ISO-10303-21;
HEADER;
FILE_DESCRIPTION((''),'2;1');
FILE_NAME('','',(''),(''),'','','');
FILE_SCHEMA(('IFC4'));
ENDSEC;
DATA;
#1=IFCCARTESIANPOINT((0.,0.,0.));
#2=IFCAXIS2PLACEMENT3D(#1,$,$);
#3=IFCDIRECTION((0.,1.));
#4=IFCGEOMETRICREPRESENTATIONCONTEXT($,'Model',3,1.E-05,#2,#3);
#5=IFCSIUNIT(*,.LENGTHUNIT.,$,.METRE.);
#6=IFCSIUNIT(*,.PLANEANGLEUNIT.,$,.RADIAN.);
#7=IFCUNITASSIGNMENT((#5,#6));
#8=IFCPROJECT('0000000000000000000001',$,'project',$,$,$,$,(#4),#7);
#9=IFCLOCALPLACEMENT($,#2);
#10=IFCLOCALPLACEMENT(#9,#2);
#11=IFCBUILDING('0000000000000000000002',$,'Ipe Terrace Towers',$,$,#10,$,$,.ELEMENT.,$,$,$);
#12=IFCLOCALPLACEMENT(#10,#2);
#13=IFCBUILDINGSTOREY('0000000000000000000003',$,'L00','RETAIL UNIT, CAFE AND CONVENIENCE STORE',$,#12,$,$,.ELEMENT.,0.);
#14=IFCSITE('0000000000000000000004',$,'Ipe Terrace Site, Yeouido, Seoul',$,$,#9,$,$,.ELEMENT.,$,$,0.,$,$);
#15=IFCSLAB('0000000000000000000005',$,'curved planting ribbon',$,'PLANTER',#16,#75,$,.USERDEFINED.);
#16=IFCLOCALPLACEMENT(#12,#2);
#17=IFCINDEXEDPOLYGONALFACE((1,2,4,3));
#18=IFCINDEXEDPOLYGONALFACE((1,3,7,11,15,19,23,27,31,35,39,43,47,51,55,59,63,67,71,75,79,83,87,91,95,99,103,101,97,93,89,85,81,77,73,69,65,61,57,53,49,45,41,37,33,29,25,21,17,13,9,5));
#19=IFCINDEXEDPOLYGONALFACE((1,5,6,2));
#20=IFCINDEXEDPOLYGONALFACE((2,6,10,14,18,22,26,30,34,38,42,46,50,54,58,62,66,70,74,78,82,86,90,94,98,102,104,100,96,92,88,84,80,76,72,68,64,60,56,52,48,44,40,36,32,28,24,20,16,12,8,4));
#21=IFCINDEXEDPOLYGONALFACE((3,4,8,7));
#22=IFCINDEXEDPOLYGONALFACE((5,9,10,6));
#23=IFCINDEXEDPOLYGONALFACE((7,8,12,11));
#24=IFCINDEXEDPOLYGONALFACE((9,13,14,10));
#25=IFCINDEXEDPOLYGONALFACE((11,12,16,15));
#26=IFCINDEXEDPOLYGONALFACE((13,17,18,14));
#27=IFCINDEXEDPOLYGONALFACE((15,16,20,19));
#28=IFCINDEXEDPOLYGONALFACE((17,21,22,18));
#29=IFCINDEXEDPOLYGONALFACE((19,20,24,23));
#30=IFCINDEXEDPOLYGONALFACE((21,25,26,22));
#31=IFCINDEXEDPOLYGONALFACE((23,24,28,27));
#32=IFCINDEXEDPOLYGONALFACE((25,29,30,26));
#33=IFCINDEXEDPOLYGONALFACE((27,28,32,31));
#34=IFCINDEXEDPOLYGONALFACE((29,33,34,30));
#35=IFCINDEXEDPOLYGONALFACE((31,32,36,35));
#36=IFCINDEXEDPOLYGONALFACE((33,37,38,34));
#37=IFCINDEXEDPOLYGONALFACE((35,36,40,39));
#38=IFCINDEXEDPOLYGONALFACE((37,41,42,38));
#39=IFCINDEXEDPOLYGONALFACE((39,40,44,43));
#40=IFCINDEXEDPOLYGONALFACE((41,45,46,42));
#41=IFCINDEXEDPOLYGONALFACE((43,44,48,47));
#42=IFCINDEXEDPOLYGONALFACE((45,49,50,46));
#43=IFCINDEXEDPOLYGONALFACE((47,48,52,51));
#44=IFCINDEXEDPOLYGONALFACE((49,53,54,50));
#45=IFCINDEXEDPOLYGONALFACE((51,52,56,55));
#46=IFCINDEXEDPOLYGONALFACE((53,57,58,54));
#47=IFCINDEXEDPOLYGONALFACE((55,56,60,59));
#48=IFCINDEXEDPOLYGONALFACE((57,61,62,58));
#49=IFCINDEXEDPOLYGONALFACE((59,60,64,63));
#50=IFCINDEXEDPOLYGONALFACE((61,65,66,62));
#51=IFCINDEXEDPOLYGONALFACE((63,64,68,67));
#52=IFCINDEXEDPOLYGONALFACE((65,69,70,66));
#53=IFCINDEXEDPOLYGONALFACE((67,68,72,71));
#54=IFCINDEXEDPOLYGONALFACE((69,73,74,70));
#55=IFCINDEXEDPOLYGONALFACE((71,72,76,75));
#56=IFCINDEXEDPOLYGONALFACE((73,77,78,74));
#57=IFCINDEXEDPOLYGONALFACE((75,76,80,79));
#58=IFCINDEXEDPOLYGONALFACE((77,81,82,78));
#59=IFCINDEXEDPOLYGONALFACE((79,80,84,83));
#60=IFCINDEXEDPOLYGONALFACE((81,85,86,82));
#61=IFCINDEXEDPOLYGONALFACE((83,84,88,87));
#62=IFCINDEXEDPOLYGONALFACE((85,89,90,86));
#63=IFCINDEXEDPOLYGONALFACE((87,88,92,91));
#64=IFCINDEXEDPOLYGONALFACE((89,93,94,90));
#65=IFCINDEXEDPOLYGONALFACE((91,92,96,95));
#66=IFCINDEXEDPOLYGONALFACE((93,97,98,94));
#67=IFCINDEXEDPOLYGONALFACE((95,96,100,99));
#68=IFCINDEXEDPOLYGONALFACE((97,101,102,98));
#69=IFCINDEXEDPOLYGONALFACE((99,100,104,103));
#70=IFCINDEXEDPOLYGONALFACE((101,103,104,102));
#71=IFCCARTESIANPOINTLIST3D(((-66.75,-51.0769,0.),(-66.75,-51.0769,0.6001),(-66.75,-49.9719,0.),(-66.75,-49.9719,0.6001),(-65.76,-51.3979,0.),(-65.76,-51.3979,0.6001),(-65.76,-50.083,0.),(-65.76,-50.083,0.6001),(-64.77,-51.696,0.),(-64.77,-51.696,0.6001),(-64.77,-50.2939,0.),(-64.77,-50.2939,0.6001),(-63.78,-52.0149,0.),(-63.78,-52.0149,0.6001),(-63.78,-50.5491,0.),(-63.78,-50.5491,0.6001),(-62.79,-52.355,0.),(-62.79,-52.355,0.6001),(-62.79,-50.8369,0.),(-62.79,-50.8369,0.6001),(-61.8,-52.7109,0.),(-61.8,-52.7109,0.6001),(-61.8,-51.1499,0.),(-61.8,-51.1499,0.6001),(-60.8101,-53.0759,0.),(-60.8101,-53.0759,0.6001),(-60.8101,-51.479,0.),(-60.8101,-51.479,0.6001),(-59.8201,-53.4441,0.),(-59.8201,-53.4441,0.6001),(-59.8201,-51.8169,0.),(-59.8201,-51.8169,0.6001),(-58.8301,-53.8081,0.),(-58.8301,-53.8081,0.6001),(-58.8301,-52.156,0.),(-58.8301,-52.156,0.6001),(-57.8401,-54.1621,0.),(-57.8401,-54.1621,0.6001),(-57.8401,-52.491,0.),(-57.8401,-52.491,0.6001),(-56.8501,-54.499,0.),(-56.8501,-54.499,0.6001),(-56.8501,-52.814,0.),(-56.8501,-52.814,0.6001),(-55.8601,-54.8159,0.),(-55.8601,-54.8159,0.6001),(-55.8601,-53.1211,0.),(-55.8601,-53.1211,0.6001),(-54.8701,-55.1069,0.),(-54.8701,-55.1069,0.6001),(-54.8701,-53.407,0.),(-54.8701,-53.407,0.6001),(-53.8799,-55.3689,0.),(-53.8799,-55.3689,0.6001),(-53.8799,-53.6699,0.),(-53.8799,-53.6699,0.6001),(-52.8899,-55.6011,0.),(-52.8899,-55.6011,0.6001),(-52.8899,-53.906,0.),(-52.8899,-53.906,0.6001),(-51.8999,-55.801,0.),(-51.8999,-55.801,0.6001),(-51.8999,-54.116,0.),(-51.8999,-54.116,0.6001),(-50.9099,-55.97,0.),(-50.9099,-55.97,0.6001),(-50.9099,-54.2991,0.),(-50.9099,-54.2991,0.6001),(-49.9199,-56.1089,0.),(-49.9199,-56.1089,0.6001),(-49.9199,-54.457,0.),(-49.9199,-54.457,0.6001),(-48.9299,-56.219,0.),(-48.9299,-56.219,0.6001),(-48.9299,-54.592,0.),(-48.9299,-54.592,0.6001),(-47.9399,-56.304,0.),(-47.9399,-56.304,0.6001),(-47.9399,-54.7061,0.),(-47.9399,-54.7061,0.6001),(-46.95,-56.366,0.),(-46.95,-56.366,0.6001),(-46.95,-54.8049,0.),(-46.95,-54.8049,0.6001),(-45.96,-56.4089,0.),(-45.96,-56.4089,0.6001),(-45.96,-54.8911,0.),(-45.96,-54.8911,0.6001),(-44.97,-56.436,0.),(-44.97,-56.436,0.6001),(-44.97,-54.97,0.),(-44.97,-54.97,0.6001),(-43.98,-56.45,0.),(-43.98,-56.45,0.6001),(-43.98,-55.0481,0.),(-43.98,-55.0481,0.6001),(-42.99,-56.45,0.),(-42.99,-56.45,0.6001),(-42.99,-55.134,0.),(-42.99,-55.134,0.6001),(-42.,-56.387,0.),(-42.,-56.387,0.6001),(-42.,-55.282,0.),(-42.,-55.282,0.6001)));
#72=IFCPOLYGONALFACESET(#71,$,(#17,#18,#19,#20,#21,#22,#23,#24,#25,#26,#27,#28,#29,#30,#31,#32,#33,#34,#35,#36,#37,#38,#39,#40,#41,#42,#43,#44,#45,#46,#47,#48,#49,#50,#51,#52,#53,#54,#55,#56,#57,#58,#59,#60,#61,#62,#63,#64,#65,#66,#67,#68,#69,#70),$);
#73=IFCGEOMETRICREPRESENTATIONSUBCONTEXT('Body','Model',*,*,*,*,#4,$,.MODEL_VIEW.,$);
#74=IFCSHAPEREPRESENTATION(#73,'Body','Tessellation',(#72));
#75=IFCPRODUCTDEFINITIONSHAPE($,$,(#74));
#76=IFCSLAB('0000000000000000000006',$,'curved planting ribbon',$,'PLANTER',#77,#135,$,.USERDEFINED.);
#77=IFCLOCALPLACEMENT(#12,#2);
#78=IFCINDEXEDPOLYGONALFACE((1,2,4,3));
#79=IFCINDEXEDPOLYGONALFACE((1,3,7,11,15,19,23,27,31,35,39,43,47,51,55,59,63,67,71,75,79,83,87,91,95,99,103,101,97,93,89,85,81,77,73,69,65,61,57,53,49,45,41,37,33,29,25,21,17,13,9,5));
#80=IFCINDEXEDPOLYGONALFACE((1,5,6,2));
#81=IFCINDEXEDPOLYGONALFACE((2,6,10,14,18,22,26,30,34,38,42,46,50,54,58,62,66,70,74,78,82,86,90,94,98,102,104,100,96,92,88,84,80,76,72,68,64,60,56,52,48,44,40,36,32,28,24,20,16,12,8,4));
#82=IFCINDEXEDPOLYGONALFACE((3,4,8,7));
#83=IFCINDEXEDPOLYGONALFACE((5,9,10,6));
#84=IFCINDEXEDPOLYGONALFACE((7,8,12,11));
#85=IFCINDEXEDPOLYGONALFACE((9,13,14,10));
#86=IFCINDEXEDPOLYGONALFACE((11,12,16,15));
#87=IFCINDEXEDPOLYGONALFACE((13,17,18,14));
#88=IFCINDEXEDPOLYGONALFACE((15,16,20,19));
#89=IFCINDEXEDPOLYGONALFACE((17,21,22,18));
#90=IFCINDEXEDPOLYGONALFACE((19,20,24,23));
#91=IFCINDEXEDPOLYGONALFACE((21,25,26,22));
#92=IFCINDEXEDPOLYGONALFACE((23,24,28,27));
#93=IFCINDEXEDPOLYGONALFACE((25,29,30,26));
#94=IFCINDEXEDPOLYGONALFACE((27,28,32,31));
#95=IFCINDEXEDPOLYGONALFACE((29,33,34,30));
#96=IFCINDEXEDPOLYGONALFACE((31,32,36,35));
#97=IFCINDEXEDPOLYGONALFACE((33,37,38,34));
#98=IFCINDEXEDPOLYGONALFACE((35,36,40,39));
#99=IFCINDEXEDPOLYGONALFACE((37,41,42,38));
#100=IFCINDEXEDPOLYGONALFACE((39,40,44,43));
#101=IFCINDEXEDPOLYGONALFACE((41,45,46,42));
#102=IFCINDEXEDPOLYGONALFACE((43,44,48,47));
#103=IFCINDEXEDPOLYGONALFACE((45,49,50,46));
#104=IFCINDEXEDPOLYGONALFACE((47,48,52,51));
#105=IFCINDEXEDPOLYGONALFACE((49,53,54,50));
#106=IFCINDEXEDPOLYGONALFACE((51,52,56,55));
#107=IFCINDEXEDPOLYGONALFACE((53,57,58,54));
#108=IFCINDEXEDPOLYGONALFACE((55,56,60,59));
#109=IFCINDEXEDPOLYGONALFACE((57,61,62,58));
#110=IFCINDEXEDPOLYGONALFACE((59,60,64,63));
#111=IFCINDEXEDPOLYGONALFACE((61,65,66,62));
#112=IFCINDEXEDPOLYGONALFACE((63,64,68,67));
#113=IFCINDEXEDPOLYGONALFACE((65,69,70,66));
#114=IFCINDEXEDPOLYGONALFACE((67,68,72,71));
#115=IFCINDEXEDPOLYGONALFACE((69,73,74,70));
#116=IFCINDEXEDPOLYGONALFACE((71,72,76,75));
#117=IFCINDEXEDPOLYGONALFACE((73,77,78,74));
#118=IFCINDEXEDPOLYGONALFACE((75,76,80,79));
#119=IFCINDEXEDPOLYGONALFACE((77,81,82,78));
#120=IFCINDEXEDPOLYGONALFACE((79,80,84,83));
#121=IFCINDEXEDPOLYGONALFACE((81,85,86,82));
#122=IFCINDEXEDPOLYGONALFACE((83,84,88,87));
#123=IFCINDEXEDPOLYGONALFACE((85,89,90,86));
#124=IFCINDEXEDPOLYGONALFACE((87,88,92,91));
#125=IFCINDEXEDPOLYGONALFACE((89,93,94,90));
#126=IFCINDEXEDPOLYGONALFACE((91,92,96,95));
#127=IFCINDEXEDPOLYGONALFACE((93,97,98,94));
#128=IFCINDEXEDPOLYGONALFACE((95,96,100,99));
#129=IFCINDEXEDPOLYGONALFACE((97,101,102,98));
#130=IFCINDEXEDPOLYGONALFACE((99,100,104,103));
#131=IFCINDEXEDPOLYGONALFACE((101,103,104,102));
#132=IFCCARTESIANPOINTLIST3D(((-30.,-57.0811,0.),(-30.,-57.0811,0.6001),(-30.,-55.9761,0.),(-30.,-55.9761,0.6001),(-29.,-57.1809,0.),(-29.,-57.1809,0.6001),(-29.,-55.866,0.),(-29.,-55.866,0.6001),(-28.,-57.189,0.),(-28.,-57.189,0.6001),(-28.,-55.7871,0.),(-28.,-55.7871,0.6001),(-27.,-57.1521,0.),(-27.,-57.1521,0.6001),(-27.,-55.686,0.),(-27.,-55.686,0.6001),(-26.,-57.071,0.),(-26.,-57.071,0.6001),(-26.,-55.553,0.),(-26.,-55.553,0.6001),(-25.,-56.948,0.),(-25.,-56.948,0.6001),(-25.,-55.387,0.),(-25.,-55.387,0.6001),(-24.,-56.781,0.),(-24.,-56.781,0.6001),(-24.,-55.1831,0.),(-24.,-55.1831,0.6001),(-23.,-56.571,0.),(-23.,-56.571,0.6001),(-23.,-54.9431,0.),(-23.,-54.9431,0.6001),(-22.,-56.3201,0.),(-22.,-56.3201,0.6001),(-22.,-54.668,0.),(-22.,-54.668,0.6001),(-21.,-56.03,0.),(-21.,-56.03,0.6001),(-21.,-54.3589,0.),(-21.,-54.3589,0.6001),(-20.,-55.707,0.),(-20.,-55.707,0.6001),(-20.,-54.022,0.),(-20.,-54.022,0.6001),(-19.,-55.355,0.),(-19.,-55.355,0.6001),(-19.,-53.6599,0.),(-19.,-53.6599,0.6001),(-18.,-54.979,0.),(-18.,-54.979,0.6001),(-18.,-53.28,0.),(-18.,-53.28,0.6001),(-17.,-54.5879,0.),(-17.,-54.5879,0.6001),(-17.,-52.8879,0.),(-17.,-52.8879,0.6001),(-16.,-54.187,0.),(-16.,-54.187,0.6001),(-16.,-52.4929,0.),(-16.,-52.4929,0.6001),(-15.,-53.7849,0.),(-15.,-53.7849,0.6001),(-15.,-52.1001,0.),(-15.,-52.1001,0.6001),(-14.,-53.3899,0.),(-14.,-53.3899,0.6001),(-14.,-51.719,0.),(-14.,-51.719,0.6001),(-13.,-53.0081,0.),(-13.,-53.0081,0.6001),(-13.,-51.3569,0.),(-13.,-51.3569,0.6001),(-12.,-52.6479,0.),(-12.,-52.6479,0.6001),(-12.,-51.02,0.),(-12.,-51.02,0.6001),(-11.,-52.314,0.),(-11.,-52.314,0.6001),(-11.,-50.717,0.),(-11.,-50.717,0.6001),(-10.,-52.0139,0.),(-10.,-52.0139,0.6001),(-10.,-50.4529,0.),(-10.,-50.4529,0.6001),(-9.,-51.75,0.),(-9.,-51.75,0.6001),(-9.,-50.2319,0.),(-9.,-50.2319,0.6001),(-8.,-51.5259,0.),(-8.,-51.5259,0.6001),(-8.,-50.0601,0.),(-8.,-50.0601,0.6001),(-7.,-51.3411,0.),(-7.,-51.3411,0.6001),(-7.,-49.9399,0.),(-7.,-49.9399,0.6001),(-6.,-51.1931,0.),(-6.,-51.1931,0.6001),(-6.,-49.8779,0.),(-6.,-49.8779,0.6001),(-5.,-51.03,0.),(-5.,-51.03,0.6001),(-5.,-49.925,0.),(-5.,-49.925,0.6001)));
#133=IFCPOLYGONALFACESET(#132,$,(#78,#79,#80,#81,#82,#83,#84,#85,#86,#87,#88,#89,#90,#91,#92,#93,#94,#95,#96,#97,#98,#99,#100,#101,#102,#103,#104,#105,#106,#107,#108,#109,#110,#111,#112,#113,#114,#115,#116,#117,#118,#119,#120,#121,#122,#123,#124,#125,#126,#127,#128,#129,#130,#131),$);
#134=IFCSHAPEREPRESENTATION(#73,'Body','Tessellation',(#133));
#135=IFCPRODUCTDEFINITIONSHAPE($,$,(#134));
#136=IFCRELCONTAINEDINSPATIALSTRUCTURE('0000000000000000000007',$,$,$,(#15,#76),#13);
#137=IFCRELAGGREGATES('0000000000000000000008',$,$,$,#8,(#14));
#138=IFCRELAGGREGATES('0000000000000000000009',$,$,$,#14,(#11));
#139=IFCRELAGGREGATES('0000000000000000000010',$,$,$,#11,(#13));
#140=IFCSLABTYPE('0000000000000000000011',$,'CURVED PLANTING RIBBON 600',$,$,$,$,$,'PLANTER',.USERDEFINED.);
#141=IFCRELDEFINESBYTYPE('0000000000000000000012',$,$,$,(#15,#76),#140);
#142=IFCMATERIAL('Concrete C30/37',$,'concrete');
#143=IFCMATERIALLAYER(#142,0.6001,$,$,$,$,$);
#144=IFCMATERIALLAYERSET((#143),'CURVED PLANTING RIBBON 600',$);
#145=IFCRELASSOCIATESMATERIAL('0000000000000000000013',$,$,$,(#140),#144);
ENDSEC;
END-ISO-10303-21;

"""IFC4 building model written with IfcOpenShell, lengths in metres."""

from ifc_helpers import new_model, si_unit, direction, origin, place, context, subcontext, project, spatial, polyline, outline, extrude, material, layer, layer_set, type_object, element, save


model = new_model("IFC4")

# Units and contexts
model_context = context("Model", 3, precision=1e-05, world=origin(), true_north=direction((0.0, 1.0)))
body_context = subcontext(model_context, "Body", "Model", "MODEL_VIEW")
ifc_project = project(units=[si_unit("LENGTHUNIT", "METRE"), si_unit("PLANEANGLEUNIT", "RADIAN")], contexts=[model_context])

# Site, building, storey
site_placement = place(None, origin())
site = spatial("IfcSite", under=ifc_project, at=site_placement, Name="Ipe Terrace Site, Yeouido, Seoul", CompositionType="ELEMENT", RefElevation=0.0)
building_placement = place(site_placement, origin())
building = spatial("IfcBuilding", under=site, at=building_placement, Name="Ipe Terrace Towers", CompositionType="ELEMENT")
storey_placement = place(building_placement, origin())
storey = spatial("IfcBuildingStorey", under=building, at=storey_placement, Name="L00", Description="RETAIL UNIT, CAFE AND CONVENIENCE STORE", CompositionType="ELEMENT", Elevation=0.0)

# Slabs
ifc_material_1 = material(Name="Concrete C30/37", Category="concrete")
ifc_layer_1 = layer(ifc_material_1, 0.6001)
ifc_layer_set_1 = layer_set([ifc_layer_1], Name="CURVED PLANTING RIBBON 600")
slab_type_1 = type_object("IfcSlabType", Name="CURVED PLANTING RIBBON 600", ElementType="PLANTER", PredefinedType="USERDEFINED", material=ifc_layer_set_1)
slab_1_placement = place(storey_placement, origin())
element("IfcSlab", 1, at=slab_1_placement, inside=storey, type_object=slab_type_1, Name="curved planting ribbon", ObjectType="PLANTER", PredefinedType="USERDEFINED", context=body_context, shape_type="SweptSolid", body=[
    extrude(outline(polyline([(-66.75, -49.9719), (-65.76, -50.083), (-64.77, -50.2939), (-63.78, -50.5491), (-62.79, -50.8369), (-61.8, -51.1499), (-60.8101, -51.479), (-59.8201, -51.8169), (-58.8301, -52.156), (-57.8401, -52.491), (-56.8501, -52.814), (-55.8601, -53.1211), (-54.8701, -53.407), (-53.8799, -53.6699), (-52.8899, -53.906), (-51.8999, -54.116), (-50.9099, -54.2991), (-49.9199, -54.457), (-48.9299, -54.592), (-47.9399, -54.7061), (-46.95, -54.8049), (-45.96, -54.8911), (-44.97, -54.97), (-43.98, -55.0481), (-42.99, -55.134), (-42.0, -55.282), (-42.0, -56.387), (-42.99, -56.45), (-43.98, -56.45), (-44.97, -56.436), (-45.96, -56.4089), (-46.95, -56.366), (-47.9399, -56.304), (-48.9299, -56.219), (-49.9199, -56.1089), (-50.9099, -55.97), (-51.8999, -55.801), (-52.8899, -55.6011), (-53.8799, -55.3689), (-54.8701, -55.1069), (-55.8601, -54.8159), (-56.8501, -54.499), (-57.8401, -54.1621), (-58.8301, -53.8081), (-59.8201, -53.4441), (-60.8101, -53.0759), (-61.8, -52.7109), (-62.79, -52.355), (-63.78, -52.0149), (-64.77, -51.696), (-65.76, -51.3979), (-66.75, -51.0769), (-66.75, -49.9719)])), origin(), (0.0, 0.0, 1.0), 0.6001),
])
slab_2_placement = place(storey_placement, origin())
element("IfcSlab", 2, at=slab_2_placement, inside=storey, type_object=slab_type_1, Name="curved planting ribbon", ObjectType="PLANTER", PredefinedType="USERDEFINED", context=body_context, shape_type="SweptSolid", body=[
    extrude(outline(polyline([(-30.0, -55.9761), (-29.0, -55.866), (-28.0, -55.7871), (-27.0, -55.686), (-26.0, -55.553), (-25.0, -55.387), (-24.0, -55.1831), (-23.0, -54.9431), (-22.0, -54.668), (-21.0, -54.3589), (-20.0, -54.022), (-19.0, -53.6599), (-18.0, -53.28), (-17.0, -52.8879), (-16.0, -52.4929), (-15.0, -52.1001), (-14.0, -51.719), (-13.0, -51.3569), (-12.0, -51.02), (-11.0, -50.717), (-10.0, -50.4529), (-9.0, -50.2319), (-8.0, -50.0601), (-7.0, -49.9399), (-6.0, -49.8779), (-5.0, -49.925), (-5.0, -51.03), (-6.0, -51.1931), (-7.0, -51.3411), (-8.0, -51.5259), (-9.0, -51.75), (-10.0, -52.0139), (-11.0, -52.314), (-12.0, -52.6479), (-13.0, -53.0081), (-14.0, -53.3899), (-15.0, -53.7849), (-16.0, -54.187), (-17.0, -54.5879), (-18.0, -54.979), (-19.0, -55.355), (-20.0, -55.707), (-21.0, -56.03), (-22.0, -56.3201), (-23.0, -56.571), (-24.0, -56.781), (-25.0, -56.948), (-26.0, -57.071), (-27.0, -57.1521), (-28.0, -57.189), (-29.0, -57.1809), (-30.0, -57.0811), (-30.0, -55.9761)])), origin(), (0.0, 0.0, 1.0), 0.6001),
])

save(model, "model.ifc")
